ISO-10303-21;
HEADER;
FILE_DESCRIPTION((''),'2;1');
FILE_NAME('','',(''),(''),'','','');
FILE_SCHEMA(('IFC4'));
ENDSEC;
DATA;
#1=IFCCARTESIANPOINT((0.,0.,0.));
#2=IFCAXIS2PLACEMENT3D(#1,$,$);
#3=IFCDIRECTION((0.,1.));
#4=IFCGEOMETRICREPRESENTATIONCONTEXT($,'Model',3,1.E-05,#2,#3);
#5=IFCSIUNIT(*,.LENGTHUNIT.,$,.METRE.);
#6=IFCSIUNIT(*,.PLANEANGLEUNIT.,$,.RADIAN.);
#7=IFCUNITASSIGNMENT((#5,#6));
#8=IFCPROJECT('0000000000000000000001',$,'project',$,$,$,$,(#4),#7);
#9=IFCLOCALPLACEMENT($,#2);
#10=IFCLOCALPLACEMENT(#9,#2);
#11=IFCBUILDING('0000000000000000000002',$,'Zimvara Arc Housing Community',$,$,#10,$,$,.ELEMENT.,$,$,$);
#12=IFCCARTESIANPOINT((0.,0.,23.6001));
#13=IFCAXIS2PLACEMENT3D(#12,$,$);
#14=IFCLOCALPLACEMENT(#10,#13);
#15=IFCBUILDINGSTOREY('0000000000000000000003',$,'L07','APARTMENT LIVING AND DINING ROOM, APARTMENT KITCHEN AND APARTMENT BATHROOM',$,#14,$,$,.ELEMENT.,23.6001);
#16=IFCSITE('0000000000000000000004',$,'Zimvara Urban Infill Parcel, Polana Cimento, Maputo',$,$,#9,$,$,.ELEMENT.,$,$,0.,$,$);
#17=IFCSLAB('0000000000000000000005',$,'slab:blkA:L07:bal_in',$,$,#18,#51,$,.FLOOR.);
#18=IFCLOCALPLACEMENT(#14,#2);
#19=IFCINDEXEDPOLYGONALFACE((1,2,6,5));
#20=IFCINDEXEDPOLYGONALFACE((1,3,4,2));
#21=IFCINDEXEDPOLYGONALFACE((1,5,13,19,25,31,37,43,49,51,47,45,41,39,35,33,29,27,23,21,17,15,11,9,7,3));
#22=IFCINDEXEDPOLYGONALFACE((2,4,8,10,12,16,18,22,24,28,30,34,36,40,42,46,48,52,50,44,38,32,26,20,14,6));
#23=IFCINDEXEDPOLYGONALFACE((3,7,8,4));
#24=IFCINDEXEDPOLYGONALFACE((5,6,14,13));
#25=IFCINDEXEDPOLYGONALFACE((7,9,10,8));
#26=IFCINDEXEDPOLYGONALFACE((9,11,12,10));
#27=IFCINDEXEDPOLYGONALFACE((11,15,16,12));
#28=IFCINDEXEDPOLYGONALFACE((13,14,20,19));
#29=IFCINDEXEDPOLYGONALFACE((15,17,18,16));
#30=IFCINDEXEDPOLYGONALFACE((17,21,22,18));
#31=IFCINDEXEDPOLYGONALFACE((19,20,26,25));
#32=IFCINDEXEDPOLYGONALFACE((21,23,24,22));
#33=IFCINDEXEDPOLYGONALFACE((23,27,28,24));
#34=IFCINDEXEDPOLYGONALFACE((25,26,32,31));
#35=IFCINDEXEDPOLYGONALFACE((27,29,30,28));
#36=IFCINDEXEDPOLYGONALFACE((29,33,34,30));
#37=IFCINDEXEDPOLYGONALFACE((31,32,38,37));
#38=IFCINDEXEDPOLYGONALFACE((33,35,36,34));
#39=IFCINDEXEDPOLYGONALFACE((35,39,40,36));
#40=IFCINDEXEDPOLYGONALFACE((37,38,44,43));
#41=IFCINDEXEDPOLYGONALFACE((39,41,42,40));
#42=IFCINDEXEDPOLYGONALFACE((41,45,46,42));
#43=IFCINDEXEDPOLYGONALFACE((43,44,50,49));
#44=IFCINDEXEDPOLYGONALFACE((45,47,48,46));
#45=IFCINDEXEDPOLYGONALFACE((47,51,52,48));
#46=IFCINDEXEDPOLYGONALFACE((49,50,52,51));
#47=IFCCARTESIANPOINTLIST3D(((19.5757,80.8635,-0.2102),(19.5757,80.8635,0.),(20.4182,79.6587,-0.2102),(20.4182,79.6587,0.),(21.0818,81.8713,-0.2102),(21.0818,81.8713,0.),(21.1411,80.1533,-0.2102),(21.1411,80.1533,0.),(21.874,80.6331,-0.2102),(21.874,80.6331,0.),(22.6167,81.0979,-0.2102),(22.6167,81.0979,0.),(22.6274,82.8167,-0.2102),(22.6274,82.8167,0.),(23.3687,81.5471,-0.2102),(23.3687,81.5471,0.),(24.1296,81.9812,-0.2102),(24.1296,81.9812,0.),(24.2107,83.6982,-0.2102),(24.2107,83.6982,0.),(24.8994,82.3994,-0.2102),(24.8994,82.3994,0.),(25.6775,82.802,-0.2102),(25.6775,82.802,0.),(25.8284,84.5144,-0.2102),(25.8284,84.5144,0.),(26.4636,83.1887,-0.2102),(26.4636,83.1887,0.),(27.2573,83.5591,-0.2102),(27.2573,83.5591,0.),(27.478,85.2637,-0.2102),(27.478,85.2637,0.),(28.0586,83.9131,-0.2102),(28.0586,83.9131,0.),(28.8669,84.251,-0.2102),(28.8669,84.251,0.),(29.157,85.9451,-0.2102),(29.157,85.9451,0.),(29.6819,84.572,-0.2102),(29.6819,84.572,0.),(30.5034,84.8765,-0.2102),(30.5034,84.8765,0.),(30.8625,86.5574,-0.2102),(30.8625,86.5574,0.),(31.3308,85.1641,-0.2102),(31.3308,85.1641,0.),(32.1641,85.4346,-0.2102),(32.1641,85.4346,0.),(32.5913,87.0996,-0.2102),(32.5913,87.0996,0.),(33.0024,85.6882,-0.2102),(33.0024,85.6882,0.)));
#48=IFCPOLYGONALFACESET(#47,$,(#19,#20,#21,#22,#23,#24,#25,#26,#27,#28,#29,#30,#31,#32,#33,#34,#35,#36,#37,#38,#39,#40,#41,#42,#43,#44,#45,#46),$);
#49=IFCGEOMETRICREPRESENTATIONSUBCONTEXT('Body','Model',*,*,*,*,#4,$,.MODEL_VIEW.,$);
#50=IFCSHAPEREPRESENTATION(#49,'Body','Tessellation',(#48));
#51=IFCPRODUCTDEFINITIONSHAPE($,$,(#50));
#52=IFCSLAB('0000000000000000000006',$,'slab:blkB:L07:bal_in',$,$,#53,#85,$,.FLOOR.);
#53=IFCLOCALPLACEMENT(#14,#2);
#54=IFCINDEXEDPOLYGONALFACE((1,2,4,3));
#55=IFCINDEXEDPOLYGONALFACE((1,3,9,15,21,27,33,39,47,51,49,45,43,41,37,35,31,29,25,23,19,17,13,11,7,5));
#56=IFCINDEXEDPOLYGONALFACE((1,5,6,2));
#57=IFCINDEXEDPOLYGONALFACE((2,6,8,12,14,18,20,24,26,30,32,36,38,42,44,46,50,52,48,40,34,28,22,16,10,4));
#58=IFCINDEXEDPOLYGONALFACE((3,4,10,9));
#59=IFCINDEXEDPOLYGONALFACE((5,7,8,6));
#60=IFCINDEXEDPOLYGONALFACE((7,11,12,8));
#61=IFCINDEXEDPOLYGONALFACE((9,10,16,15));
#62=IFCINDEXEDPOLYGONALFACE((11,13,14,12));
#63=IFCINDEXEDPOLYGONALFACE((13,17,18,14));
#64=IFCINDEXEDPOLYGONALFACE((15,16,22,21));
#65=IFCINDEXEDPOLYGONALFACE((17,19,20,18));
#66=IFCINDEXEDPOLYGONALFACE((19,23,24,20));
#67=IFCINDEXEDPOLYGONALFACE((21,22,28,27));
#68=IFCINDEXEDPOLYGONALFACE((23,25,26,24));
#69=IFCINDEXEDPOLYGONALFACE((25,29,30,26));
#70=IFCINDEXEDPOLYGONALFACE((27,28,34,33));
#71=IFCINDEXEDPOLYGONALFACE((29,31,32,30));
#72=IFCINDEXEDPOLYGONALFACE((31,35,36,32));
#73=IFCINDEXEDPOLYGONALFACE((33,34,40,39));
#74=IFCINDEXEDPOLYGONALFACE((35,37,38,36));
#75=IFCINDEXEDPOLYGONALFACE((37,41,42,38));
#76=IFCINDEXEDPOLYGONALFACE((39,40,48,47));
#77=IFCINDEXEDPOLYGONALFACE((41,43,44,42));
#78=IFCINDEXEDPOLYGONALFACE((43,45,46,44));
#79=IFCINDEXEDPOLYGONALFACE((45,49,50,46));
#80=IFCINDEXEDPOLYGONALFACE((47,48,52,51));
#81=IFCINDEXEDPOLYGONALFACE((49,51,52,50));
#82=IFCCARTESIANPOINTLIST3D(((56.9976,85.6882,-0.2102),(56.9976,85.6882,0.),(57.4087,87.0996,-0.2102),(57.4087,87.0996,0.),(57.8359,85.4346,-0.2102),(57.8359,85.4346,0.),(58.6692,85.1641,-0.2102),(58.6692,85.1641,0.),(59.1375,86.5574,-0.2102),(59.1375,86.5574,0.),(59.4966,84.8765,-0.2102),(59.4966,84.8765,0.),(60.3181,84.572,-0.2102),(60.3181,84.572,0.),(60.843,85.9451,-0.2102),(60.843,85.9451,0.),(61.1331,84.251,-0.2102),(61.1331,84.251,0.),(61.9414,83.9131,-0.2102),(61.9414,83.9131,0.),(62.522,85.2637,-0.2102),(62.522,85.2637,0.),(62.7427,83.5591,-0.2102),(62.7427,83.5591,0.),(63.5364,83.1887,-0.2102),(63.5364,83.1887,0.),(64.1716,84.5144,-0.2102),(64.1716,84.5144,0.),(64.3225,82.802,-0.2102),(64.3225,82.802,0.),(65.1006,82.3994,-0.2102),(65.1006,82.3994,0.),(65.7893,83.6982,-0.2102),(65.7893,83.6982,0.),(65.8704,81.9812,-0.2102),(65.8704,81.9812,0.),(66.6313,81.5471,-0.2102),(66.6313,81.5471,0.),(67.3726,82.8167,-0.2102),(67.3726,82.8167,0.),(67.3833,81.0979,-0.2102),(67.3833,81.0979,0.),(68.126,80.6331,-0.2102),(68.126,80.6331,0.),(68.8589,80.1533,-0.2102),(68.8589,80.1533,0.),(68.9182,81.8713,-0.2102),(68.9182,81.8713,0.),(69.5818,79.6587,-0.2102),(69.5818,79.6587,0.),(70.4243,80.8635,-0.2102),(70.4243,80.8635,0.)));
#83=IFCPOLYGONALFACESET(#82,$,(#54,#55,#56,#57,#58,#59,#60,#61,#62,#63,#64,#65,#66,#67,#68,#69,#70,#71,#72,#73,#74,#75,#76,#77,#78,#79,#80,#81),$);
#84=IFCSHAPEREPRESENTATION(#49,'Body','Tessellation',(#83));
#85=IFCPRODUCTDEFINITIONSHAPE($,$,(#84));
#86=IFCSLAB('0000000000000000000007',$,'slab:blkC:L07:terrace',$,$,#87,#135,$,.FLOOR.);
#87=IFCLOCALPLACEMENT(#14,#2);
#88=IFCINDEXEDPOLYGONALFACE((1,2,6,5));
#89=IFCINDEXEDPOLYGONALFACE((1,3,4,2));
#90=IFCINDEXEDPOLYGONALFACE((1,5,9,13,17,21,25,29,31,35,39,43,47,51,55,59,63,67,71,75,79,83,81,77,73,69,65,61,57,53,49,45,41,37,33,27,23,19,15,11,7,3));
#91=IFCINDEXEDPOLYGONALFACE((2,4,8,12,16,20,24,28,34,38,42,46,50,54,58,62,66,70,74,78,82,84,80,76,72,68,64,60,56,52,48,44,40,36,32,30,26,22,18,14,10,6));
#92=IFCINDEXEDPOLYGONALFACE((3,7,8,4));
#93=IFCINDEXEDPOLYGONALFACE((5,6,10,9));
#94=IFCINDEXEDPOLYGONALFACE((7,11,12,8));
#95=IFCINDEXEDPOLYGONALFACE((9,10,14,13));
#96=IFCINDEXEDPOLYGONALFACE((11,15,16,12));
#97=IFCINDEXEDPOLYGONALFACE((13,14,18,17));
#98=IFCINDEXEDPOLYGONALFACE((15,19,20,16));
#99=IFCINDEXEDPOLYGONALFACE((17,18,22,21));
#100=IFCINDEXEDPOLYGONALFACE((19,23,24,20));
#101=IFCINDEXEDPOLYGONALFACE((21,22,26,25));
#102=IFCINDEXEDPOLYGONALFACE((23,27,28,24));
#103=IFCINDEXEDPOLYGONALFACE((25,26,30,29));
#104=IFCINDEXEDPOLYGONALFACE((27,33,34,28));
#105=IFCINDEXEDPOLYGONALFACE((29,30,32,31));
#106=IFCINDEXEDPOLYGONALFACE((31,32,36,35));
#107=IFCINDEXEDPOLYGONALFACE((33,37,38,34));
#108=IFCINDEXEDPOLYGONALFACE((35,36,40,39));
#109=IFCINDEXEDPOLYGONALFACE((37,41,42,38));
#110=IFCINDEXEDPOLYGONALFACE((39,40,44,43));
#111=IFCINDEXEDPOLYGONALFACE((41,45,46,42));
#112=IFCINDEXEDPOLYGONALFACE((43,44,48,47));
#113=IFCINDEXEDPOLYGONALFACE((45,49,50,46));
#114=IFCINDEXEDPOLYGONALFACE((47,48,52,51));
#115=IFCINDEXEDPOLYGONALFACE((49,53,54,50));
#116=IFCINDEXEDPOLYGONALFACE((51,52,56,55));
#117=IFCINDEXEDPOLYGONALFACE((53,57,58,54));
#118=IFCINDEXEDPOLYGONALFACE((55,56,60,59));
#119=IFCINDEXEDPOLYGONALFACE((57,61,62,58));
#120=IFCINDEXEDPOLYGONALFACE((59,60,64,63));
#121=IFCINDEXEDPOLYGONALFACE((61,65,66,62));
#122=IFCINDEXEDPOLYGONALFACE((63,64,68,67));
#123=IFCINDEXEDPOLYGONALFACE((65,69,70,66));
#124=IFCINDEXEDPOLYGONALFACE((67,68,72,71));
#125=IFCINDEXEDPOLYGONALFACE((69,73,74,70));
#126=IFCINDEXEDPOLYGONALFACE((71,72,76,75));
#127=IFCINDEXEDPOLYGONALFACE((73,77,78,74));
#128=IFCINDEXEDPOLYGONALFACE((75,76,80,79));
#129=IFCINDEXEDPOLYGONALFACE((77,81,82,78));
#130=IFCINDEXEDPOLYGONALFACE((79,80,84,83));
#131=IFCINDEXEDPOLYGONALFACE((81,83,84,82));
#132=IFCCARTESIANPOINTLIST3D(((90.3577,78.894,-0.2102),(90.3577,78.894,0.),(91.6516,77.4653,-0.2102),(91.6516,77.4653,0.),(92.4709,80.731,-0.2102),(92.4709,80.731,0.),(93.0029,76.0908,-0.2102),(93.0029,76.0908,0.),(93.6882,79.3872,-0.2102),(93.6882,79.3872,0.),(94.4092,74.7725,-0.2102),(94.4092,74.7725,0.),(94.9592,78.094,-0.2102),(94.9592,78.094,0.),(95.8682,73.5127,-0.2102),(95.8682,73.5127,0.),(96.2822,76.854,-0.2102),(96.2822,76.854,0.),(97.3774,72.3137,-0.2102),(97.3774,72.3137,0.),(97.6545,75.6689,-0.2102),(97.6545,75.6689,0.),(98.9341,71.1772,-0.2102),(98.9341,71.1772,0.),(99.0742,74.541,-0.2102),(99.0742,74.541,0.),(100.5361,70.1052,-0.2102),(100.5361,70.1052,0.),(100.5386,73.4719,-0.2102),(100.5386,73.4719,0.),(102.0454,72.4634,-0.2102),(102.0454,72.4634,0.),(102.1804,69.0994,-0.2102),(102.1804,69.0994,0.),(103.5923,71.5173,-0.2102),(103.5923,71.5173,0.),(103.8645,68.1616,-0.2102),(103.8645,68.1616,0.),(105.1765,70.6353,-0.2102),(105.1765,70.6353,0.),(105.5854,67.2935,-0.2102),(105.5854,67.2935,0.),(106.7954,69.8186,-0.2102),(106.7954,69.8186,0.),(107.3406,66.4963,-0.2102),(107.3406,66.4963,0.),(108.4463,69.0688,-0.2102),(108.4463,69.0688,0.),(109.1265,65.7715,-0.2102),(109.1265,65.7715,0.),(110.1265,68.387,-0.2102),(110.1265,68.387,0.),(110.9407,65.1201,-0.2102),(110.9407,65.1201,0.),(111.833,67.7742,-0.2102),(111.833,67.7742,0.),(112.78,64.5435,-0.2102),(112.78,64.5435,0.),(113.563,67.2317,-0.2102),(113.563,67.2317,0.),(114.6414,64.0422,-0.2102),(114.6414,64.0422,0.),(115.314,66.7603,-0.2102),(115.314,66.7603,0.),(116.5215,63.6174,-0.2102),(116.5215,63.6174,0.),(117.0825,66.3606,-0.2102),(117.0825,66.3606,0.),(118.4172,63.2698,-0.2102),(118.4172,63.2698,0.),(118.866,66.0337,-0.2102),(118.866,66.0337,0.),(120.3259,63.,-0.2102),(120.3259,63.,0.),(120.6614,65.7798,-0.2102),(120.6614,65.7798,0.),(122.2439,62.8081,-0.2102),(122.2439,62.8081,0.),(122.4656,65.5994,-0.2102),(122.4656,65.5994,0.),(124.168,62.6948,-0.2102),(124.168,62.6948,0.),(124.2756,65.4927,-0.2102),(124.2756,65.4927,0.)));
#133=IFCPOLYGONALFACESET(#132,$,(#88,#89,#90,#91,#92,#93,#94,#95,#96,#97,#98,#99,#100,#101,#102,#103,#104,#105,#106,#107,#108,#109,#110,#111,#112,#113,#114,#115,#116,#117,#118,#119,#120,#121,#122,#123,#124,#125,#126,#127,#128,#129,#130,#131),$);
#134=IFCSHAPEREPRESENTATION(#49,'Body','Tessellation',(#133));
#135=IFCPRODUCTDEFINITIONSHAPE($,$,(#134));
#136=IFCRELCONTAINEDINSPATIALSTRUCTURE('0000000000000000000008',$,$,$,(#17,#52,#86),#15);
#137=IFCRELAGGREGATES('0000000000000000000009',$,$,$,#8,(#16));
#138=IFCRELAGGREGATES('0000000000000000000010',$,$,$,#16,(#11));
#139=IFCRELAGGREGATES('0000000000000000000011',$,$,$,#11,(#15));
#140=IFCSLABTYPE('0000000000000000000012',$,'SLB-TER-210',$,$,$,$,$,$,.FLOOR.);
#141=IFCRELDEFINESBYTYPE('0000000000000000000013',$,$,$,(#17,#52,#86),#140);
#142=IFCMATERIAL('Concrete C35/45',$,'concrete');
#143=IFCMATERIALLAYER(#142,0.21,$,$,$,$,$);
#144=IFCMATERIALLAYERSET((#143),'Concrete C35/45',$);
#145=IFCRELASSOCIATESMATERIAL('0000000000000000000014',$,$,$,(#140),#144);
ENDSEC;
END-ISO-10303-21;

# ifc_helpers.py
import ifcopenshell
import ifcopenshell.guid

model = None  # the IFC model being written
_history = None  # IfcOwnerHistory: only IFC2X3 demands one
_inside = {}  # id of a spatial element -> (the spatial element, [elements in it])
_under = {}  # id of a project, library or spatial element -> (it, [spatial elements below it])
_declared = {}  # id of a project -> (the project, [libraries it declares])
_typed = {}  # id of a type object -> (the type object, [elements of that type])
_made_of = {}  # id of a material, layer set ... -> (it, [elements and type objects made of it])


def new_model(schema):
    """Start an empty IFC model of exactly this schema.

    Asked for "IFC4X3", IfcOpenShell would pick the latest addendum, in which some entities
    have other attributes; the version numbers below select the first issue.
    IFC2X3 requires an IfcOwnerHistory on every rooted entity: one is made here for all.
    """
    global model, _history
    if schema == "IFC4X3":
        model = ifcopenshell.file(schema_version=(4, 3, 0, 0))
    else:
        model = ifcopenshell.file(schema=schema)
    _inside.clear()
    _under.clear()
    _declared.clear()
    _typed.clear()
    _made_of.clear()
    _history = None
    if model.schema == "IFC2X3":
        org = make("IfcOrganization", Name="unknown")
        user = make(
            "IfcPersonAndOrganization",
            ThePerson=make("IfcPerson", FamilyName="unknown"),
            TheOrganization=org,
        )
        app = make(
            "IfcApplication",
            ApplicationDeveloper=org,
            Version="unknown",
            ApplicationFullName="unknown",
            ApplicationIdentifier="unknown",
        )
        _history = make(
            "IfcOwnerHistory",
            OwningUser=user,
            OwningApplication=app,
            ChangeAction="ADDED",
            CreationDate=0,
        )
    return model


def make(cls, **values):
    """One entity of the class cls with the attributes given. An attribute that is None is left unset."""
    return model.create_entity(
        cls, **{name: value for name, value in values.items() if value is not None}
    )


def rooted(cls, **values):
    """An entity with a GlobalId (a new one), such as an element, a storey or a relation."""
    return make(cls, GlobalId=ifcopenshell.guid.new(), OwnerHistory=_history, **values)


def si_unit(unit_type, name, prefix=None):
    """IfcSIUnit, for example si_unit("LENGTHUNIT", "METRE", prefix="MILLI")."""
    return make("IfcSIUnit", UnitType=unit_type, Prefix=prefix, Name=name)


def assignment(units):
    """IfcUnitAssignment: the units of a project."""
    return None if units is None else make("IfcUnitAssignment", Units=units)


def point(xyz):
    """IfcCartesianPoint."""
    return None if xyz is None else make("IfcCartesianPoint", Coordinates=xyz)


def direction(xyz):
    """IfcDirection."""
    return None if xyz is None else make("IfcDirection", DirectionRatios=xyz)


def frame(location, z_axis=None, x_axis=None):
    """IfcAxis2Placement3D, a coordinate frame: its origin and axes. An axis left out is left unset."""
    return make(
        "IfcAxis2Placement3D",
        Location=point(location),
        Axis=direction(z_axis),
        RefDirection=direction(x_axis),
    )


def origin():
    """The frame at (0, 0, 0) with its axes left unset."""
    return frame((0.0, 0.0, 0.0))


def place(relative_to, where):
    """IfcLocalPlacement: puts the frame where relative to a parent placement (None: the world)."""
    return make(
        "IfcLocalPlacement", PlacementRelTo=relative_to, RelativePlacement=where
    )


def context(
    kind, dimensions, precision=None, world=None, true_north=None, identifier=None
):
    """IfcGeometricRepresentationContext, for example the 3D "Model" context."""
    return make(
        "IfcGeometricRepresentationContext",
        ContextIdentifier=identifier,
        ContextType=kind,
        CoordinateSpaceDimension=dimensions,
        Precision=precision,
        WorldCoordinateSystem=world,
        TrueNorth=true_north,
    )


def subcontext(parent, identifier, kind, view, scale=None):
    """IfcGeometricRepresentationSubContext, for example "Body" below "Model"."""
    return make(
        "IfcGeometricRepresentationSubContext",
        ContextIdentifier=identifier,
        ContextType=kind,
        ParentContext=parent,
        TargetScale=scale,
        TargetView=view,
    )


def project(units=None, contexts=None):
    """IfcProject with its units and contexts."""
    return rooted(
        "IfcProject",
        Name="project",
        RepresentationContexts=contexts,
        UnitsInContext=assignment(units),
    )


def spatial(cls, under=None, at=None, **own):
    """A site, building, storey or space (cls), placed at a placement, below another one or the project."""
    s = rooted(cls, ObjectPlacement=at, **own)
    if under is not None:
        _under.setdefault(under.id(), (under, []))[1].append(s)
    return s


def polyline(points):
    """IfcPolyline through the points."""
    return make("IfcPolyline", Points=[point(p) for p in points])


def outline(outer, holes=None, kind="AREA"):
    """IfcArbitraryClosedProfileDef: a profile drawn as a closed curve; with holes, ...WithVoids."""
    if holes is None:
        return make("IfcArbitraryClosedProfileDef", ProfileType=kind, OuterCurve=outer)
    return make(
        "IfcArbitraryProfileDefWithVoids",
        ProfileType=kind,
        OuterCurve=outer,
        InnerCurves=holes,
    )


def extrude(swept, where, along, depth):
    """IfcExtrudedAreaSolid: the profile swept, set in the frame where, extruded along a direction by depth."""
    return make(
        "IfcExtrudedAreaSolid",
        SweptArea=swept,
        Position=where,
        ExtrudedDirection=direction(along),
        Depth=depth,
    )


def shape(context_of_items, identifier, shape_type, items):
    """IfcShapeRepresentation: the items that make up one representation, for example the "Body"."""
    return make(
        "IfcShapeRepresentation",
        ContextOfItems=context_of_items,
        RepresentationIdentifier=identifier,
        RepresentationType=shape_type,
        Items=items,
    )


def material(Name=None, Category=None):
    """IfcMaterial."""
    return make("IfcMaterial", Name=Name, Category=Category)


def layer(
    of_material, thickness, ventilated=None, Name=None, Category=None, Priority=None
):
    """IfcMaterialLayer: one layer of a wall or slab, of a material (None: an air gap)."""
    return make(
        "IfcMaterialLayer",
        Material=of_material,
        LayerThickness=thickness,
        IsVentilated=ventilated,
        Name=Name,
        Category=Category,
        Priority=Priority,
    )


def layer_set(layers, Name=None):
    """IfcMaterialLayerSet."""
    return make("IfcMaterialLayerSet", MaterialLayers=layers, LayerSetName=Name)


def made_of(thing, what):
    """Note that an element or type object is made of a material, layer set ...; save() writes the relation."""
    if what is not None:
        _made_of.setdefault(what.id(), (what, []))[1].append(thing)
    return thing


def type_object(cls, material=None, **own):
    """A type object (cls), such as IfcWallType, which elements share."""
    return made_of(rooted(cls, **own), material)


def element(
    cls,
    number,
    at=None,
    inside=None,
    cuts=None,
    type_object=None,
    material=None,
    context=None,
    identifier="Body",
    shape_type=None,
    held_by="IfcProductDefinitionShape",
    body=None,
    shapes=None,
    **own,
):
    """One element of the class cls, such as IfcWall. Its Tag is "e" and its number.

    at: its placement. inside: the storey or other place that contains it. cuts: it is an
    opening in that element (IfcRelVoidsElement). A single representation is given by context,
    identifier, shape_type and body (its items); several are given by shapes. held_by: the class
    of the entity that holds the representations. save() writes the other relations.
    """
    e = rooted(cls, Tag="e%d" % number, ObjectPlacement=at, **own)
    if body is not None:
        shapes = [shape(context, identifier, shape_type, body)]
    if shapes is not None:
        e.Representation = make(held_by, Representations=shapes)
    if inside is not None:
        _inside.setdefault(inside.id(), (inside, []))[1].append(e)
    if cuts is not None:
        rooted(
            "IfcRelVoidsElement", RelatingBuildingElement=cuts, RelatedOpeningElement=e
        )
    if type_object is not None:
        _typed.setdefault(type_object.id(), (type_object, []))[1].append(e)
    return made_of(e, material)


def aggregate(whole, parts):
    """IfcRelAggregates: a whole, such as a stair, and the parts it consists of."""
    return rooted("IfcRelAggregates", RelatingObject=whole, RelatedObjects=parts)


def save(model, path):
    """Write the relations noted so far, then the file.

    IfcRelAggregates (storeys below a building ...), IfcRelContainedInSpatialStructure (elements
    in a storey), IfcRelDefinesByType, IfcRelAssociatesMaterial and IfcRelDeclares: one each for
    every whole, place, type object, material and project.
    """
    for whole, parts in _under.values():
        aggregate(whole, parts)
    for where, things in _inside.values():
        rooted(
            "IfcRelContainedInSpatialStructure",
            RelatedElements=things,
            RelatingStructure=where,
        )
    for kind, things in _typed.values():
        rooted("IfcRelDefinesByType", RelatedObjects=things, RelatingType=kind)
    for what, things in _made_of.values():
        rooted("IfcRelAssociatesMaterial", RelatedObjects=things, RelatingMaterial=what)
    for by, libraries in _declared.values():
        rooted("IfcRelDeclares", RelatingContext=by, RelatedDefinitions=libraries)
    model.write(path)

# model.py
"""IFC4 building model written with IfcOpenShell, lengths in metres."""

from ifc_helpers import new_model, si_unit, direction, frame, origin, place, context, subcontext, project, spatial, polyline, outline, extrude, material, layer, layer_set, type_object, element, save


model = new_model("IFC4")

# Units and contexts
model_context = context("Model", 3, precision=1e-05, world=origin(), true_north=direction((0.0, 1.0)))
body_context = subcontext(model_context, "Body", "Model", "MODEL_VIEW")
ifc_project = project(units=[si_unit("LENGTHUNIT", "METRE"), si_unit("PLANEANGLEUNIT", "RADIAN")], contexts=[model_context])

# Site, building, storey
site_placement = place(None, origin())
site = spatial("IfcSite", under=ifc_project, at=site_placement, Name="Zimvara Urban Infill Parcel, Polana Cimento, Maputo", CompositionType="ELEMENT", RefElevation=0.0)
building_placement = place(site_placement, origin())
building = spatial("IfcBuilding", under=site, at=building_placement, Name="Zimvara Arc Housing Community", CompositionType="ELEMENT")
storey_placement = place(building_placement, frame((0.0, 0.0, 23.6001)))
storey = spatial("IfcBuildingStorey", under=building, at=storey_placement, Name="L07", Description="APARTMENT LIVING AND DINING ROOM, APARTMENT KITCHEN AND APARTMENT BATHROOM", CompositionType="ELEMENT", Elevation=23.6001)

# Slabs
ifc_material_1 = material(Name="Concrete C35/45", Category="concrete")
ifc_layer_1 = layer(ifc_material_1, 0.21)
ifc_layer_set_1 = layer_set([ifc_layer_1], Name="Concrete C35/45")
slab_type_1 = type_object("IfcSlabType", Name="SLB-TER-210", PredefinedType="FLOOR", material=ifc_layer_set_1)
slab_1_placement = place(storey_placement, frame((0.0, 0.0, -0.2102)))
element("IfcSlab", 1, at=slab_1_placement, inside=storey, type_object=slab_type_1, Name="slab:blkA:L07:bal_in", PredefinedType="FLOOR", context=body_context, shape_type="SweptSolid", body=[
    extrude(outline(polyline([(32.5913, 87.0996), (30.8625, 86.5574), (29.157, 85.9451), (27.478, 85.2637), (25.8284, 84.5144), (24.2107, 83.6982), (22.6274, 82.8167), (21.0818, 81.8713), (19.5757, 80.8635), (20.4182, 79.6587), (21.1411, 80.1533), (21.874, 80.6331), (22.6167, 81.0979), (23.3687, 81.5471), (24.1296, 81.9812), (24.8994, 82.3994), (25.6775, 82.802), (26.4636, 83.1887), (27.2573, 83.5591), (28.0586, 83.9131), (28.8669, 84.251), (29.6819, 84.572), (30.5034, 84.8765), (31.3308, 85.1641), (32.1641, 85.4346), (33.0024, 85.6882), (32.5913, 87.0996)])), origin(), (0.0, 0.0, 1.0), 0.2102),
])
slab_2_placement = place(storey_placement, frame((0.0, 0.0, -0.2102)))
element("IfcSlab", 2, at=slab_2_placement, inside=storey, type_object=slab_type_1, Name="slab:blkB:L07:bal_in", PredefinedType="FLOOR", context=body_context, shape_type="SweptSolid", body=[
    extrude(outline(polyline([(70.4243, 80.8635), (68.9182, 81.8713), (67.3726, 82.8167), (65.7893, 83.6982), (64.1716, 84.5144), (62.522, 85.2637), (60.843, 85.9451), (59.1375, 86.5574), (57.4087, 87.0996), (56.9976, 85.6882), (57.8359, 85.4346), (58.6692, 85.1641), (59.4966, 84.8765), (60.3181, 84.572), (61.1331, 84.251), (61.9414, 83.9131), (62.7427, 83.5591), (63.5364, 83.1887), (64.3225, 82.802), (65.1006, 82.3994), (65.8704, 81.9812), (66.6313, 81.5471), (67.3833, 81.0979), (68.126, 80.6331), (68.8589, 80.1533), (69.5818, 79.6587), (70.4243, 80.8635)])), origin(), (0.0, 0.0, 1.0), 0.2102),
])
slab_3_placement = place(storey_placement, frame((0.0, 0.0, -0.2102)))
element("IfcSlab", 3, at=slab_3_placement, inside=storey, type_object=slab_type_1, Name="slab:blkC:L07:terrace", PredefinedType="FLOOR", context=body_context, shape_type="SweptSolid", body=[
    extrude(outline(polyline([(90.3577, 78.894), (91.6516, 77.4653), (93.0029, 76.0908), (94.4092, 74.7725), (95.8682, 73.5127), (97.3774, 72.3137), (98.9341, 71.1772), (100.5361, 70.1052), (102.1804, 69.0994), (103.8645, 68.1616), (105.5854, 67.2935), (107.3406, 66.4963), (109.1265, 65.7715), (110.9407, 65.1201), (112.78, 64.5435), (114.6414, 64.0422), (116.5215, 63.6174), (118.4172, 63.2698), (120.3259, 63.0), (122.2439, 62.8081), (124.168, 62.6948), (124.2756, 65.4927), (122.4656, 65.5994), (120.6614, 65.7798), (118.866, 66.0337), (117.0825, 66.3606), (115.314, 66.7603), (113.563, 67.2317), (111.833, 67.7742), (110.1265, 68.387), (108.4463, 69.0688), (106.7954, 69.8186), (105.1765, 70.6353), (103.5923, 71.5173), (102.0454, 72.4634), (100.5386, 73.4719), (99.0742, 74.541), (97.6545, 75.6689), (96.2822, 76.854), (94.9592, 78.094), (93.6882, 79.3872), (92.4709, 80.731), (90.3577, 78.894)])), origin(), (0.0, 0.0, 1.0), 0.2102),
])

save(model, "model.ifc")
